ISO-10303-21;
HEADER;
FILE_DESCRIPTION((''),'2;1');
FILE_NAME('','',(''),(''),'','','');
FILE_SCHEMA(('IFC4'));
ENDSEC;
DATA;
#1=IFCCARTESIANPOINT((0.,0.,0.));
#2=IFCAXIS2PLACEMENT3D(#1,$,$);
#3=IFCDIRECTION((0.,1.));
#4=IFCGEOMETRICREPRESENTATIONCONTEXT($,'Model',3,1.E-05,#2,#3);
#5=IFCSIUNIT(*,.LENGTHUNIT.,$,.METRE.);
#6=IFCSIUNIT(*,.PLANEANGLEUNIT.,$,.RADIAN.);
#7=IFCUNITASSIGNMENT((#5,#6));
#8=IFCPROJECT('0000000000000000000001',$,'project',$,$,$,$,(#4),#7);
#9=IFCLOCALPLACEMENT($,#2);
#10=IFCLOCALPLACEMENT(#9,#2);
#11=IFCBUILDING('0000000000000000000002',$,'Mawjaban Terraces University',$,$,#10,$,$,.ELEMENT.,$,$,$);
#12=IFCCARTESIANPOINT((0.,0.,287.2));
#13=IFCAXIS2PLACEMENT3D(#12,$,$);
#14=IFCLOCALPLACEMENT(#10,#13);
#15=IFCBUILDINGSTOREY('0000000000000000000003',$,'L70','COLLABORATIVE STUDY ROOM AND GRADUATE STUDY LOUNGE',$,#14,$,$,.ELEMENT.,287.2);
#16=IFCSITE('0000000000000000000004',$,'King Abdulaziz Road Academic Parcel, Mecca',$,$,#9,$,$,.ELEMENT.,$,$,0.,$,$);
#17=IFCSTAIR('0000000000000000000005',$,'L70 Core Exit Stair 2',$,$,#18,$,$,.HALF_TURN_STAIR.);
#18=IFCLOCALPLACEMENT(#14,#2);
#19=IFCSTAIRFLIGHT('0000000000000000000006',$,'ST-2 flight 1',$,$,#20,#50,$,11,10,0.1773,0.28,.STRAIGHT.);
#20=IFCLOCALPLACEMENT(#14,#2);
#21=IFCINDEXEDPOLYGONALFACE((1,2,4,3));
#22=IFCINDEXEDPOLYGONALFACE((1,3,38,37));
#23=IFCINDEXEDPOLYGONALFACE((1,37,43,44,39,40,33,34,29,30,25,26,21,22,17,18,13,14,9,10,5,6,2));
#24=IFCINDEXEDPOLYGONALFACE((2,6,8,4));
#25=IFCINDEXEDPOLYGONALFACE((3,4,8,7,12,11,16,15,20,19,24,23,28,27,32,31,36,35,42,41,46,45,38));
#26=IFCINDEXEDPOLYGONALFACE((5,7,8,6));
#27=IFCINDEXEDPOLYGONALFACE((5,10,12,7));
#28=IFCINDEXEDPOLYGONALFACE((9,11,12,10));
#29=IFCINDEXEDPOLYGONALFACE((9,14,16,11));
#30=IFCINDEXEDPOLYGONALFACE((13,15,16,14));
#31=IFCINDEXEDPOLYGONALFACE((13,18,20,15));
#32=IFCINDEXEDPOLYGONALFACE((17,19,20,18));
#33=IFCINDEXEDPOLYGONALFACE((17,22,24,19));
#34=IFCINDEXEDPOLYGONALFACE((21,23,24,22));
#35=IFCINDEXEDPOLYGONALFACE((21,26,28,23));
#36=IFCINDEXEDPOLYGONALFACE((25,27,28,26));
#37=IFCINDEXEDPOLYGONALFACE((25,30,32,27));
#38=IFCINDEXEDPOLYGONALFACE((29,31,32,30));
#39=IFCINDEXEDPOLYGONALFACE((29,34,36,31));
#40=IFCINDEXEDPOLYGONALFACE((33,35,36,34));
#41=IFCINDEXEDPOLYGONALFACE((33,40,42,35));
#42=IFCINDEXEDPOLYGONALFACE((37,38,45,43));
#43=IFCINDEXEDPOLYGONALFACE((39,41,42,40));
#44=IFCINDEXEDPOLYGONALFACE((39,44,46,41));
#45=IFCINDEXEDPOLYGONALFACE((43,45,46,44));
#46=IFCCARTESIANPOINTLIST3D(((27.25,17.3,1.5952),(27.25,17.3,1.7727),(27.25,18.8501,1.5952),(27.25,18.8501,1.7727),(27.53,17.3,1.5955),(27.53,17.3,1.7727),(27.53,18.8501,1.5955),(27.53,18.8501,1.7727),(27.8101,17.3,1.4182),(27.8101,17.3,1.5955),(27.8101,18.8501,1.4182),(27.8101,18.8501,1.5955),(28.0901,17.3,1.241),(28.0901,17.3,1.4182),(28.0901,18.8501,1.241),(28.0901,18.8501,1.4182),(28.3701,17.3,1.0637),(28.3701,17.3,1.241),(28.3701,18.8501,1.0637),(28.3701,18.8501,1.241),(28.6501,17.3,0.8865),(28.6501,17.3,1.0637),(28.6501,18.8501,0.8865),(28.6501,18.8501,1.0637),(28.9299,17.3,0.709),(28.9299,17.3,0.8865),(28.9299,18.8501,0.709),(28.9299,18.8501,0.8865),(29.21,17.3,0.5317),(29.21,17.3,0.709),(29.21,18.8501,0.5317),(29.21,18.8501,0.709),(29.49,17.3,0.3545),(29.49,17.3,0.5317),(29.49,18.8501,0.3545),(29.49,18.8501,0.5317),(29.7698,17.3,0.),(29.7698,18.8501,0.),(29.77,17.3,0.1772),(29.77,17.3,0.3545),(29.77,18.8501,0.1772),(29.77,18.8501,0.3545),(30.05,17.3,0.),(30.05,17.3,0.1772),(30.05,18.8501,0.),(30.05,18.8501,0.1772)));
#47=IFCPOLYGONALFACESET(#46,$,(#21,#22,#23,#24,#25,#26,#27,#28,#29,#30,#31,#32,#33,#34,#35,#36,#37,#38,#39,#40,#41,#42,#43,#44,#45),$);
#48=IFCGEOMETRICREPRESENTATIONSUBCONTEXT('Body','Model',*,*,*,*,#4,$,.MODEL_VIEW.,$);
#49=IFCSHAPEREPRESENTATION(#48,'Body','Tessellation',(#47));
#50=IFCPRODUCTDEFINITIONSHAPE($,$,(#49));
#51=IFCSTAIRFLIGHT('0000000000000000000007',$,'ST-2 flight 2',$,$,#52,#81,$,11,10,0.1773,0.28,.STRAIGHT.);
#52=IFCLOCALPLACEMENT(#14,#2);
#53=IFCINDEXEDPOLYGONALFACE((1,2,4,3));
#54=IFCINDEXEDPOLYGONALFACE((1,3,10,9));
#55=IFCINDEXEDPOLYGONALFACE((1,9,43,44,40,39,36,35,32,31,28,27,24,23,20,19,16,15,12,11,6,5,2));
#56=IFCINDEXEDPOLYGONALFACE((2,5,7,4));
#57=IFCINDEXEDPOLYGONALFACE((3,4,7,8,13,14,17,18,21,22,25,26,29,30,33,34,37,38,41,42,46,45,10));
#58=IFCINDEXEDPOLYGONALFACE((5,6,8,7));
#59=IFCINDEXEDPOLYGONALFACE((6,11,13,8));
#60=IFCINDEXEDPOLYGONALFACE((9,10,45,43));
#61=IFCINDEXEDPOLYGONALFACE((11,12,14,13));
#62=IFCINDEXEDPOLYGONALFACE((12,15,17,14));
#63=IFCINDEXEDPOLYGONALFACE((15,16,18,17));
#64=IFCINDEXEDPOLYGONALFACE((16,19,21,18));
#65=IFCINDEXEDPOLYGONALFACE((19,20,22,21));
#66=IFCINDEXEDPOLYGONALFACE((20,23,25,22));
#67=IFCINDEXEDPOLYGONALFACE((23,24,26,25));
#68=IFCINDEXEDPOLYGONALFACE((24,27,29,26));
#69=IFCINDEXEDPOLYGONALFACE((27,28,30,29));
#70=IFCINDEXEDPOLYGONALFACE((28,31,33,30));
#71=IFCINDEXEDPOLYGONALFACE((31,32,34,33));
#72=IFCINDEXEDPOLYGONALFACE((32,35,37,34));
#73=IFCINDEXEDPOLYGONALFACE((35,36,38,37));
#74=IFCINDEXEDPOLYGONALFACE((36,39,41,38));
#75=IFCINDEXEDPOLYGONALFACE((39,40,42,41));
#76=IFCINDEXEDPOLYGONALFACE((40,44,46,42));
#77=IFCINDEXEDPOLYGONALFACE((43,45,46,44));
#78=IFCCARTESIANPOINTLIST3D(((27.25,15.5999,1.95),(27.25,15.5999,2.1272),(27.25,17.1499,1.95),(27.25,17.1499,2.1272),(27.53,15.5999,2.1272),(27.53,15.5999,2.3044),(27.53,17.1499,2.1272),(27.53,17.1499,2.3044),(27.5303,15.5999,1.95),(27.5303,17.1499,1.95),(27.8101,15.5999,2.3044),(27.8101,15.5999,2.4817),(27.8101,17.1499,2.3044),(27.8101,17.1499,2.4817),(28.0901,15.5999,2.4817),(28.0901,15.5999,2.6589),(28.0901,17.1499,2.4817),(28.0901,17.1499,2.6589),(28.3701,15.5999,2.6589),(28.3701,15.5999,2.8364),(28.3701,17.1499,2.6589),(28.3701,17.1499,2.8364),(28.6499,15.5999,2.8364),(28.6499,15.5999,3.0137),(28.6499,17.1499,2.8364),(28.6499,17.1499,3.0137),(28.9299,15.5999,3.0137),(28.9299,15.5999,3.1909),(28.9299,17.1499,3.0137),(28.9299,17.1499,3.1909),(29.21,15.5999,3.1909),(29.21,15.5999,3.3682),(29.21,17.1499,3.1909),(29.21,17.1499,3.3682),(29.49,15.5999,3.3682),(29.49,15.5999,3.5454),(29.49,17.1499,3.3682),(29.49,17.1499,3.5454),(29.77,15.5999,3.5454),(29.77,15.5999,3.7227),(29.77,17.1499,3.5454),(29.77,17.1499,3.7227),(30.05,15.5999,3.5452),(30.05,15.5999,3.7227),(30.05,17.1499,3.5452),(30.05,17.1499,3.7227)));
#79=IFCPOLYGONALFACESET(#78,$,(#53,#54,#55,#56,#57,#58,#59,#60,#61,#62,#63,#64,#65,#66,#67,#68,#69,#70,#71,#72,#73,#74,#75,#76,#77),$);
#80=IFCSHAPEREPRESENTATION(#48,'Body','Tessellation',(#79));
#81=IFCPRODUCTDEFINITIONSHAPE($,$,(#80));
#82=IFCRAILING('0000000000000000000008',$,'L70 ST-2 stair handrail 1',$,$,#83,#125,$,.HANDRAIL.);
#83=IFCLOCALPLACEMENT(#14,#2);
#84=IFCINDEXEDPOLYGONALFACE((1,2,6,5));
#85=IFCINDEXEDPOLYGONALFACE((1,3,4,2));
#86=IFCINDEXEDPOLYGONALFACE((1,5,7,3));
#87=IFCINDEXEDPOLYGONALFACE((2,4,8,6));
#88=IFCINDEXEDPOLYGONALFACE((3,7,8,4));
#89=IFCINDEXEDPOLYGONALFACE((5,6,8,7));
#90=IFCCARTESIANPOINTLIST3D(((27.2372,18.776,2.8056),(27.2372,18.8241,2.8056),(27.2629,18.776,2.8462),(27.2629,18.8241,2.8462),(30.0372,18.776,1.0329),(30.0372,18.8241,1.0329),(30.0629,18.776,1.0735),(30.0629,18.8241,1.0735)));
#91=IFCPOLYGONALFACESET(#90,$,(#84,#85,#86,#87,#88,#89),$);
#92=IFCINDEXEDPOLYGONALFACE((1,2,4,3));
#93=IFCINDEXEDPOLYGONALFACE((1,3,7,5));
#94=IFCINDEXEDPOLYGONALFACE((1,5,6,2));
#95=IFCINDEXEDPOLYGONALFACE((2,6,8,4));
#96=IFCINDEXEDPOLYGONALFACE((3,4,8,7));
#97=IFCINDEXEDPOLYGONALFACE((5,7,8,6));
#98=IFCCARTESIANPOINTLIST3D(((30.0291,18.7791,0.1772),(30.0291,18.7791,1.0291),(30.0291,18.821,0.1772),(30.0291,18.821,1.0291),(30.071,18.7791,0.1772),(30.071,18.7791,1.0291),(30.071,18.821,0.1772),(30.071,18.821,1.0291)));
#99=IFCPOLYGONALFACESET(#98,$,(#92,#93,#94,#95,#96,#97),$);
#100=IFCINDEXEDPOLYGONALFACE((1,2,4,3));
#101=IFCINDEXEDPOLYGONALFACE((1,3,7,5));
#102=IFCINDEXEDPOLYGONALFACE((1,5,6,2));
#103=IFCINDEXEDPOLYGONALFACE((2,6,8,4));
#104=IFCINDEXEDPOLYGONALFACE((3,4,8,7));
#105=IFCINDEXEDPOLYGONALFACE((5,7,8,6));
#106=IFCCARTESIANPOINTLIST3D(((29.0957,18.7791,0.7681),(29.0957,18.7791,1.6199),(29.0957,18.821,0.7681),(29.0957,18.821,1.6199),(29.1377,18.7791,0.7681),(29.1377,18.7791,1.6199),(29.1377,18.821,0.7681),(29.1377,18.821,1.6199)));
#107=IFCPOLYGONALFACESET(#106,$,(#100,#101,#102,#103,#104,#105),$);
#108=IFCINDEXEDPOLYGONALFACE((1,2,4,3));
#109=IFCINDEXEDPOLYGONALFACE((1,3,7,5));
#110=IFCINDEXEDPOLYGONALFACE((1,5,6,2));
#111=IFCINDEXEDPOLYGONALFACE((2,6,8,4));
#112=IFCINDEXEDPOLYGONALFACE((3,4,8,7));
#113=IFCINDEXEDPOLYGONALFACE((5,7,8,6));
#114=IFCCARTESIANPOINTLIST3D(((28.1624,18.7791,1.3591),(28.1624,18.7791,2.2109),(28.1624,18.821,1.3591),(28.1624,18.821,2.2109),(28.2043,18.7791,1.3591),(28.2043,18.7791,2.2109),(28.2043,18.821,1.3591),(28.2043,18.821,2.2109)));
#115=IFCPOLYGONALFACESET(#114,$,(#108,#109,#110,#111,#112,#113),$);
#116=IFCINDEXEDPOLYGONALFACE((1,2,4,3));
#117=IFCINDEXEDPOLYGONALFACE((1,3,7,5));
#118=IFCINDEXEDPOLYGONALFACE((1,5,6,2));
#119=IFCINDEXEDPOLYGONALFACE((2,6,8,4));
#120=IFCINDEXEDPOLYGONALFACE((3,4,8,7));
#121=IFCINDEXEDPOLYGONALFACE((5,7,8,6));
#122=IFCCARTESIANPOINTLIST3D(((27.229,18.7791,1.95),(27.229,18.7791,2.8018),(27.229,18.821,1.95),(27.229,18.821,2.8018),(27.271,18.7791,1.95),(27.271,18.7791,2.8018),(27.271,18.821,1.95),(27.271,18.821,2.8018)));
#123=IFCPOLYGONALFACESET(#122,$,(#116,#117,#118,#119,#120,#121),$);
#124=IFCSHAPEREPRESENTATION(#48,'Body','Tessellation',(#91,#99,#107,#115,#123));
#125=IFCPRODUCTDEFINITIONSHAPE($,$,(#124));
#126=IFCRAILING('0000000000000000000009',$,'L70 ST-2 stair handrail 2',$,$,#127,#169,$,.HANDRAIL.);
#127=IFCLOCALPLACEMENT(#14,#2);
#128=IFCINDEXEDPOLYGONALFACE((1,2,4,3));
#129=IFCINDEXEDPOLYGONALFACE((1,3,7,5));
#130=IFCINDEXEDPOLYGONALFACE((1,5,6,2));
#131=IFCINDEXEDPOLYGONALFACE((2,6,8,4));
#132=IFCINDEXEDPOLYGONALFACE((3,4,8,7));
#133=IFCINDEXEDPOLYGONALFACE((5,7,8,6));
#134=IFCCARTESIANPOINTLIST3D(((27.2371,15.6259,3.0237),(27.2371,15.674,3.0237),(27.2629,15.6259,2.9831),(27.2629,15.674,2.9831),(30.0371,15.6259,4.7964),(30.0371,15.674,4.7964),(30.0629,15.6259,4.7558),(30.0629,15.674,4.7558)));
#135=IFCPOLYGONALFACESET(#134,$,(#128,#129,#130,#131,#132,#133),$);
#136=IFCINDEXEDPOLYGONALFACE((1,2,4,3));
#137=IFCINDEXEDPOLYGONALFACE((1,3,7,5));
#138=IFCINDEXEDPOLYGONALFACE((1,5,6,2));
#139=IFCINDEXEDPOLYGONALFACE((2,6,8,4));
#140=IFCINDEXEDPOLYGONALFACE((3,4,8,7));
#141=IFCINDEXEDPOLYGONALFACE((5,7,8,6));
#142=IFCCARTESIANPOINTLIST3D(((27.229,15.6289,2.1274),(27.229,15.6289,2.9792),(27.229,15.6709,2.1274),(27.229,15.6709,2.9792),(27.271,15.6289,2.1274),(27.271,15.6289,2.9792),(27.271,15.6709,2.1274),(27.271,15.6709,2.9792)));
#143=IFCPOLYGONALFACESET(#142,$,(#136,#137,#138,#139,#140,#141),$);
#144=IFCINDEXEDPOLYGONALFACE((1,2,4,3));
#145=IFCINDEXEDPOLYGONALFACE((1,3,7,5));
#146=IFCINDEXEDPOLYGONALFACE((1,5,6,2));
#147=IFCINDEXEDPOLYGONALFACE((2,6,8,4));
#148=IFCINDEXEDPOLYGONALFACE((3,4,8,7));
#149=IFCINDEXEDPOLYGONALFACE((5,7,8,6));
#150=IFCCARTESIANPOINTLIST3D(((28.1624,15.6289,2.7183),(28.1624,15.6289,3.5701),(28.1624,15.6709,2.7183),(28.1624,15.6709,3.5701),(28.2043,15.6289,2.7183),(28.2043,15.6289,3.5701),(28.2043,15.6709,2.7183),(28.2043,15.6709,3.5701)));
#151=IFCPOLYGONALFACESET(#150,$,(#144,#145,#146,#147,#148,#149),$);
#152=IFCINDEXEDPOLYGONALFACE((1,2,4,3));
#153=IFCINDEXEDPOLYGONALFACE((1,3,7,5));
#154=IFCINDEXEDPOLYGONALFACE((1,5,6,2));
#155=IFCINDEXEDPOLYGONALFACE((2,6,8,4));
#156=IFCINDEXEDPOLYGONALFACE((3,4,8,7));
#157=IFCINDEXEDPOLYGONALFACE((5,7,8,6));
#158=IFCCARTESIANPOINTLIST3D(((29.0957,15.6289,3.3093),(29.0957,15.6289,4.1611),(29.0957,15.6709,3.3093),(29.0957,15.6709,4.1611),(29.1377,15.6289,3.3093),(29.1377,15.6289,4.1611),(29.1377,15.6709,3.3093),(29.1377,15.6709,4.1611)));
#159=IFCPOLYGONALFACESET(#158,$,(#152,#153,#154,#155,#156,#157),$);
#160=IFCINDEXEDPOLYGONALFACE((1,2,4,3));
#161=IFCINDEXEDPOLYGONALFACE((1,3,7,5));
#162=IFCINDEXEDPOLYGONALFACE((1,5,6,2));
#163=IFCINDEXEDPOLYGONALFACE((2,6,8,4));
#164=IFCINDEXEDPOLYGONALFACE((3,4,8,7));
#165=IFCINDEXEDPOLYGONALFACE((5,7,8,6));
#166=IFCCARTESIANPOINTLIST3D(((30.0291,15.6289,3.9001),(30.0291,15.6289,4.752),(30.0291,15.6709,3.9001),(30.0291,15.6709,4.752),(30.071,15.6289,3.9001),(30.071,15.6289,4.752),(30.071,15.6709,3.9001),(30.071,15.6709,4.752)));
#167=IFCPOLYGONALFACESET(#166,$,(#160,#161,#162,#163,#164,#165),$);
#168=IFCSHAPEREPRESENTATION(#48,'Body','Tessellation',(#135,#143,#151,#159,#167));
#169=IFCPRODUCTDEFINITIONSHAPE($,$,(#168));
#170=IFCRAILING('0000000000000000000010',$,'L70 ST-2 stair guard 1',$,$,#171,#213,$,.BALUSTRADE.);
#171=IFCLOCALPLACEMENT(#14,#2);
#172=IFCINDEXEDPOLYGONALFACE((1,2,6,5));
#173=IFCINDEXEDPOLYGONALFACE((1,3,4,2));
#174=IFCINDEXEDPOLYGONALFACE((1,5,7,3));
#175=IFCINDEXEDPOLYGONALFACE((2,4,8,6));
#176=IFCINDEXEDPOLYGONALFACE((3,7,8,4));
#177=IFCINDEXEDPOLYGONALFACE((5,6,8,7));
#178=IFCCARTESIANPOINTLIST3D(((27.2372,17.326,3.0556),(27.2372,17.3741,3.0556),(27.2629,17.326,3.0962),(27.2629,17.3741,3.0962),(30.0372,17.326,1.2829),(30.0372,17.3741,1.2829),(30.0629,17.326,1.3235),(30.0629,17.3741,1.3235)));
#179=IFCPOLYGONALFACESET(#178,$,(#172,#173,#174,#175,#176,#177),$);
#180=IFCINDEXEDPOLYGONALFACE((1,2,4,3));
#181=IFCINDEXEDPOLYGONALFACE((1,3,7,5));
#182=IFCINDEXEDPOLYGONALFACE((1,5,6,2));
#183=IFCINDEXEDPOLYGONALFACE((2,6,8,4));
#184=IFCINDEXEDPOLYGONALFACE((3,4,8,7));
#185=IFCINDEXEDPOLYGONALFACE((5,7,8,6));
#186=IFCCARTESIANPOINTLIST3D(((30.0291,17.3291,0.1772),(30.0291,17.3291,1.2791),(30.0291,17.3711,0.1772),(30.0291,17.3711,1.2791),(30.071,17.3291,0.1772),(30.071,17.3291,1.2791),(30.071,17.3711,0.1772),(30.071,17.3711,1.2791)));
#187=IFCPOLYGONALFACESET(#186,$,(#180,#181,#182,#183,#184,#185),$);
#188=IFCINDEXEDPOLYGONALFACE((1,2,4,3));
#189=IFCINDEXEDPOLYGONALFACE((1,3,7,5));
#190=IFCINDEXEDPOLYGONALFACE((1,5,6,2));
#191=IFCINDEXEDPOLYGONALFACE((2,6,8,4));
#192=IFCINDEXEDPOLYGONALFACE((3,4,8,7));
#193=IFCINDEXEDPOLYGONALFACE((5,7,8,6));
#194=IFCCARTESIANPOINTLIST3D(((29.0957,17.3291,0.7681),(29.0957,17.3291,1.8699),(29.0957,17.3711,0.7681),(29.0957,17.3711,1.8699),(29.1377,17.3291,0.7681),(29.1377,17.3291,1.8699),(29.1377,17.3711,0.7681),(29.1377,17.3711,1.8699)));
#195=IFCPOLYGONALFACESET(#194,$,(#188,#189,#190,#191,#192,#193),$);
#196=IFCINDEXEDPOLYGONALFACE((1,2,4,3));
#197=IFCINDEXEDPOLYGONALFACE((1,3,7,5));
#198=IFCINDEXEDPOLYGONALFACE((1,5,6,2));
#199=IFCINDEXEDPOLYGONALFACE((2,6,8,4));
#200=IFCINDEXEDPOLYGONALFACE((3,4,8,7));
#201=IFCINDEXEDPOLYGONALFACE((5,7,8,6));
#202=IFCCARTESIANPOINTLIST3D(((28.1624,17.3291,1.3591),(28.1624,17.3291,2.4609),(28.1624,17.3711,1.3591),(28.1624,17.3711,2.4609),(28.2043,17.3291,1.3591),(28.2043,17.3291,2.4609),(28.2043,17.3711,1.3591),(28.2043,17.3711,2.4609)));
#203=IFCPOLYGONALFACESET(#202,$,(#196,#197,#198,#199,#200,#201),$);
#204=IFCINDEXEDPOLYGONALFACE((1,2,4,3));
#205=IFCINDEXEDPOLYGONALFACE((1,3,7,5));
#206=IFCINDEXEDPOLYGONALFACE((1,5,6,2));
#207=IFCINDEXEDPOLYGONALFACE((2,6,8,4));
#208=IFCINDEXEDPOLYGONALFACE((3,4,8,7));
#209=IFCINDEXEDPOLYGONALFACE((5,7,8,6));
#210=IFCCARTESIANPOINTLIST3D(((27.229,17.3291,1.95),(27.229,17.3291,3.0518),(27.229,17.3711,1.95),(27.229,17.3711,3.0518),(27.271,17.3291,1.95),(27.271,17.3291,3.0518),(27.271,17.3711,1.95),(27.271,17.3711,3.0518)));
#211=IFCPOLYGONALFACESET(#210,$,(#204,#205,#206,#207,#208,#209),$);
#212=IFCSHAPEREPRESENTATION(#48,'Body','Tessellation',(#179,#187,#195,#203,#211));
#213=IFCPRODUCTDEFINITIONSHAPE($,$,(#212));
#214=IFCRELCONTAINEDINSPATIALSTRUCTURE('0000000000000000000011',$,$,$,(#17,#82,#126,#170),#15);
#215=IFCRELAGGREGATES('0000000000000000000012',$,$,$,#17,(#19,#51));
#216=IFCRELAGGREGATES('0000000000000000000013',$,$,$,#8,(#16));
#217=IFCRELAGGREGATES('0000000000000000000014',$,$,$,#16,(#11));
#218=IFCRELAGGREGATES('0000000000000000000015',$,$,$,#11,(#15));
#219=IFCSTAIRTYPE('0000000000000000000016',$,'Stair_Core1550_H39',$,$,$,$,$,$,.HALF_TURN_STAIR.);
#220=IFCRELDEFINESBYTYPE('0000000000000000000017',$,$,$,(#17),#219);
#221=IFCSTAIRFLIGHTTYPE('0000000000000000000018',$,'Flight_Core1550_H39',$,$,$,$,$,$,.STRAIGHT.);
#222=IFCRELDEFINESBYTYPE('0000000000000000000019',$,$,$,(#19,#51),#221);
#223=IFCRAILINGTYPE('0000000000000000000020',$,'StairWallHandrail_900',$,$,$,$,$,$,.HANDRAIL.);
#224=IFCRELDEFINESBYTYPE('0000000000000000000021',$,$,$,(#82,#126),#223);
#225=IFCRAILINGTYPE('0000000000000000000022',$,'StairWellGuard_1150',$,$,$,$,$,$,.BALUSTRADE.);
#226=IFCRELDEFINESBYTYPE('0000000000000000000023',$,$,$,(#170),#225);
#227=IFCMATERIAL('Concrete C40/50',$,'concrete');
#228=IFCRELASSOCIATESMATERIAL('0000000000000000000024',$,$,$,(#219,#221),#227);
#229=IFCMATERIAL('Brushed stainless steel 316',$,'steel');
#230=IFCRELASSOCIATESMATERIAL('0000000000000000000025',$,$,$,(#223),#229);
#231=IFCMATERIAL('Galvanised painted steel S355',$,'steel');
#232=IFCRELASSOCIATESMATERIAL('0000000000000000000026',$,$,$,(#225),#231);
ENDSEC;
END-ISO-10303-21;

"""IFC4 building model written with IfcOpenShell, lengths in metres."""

from ifc_helpers import new_model, si_unit, direction, frame, origin, origin_2d, place, context, subcontext, project, spatial, polyline, rectangle, outline, extrude, material, type_object, element, aggregate, save


model = new_model("IFC4")

# Units and contexts
model_context = context("Model", 3, precision=1e-05, world=origin(), true_north=direction((0.0, 1.0)))
body_context = subcontext(model_context, "Body", "Model", "MODEL_VIEW")
ifc_project = project(units=[si_unit("LENGTHUNIT", "METRE"), si_unit("PLANEANGLEUNIT", "RADIAN")], contexts=[model_context])

# Site, building, storey
site_placement = place(None, origin())
site = spatial("IfcSite", under=ifc_project, at=site_placement, Name="King Abdulaziz Road Academic Parcel, Mecca", CompositionType="ELEMENT", RefElevation=0.0)
building_placement = place(site_placement, origin())
building = spatial("IfcBuilding", under=site, at=building_placement, Name="Mawjaban Terraces University", CompositionType="ELEMENT")
storey_placement = place(building_placement, frame((0.0, 0.0, 287.2)))
storey = spatial("IfcBuildingStorey", under=building, at=storey_placement, Name="L70", Description="COLLABORATIVE STUDY ROOM AND GRADUATE STUDY LOUNGE", CompositionType="ELEMENT", Elevation=287.2)

# Shared definitions
ifc_material_1 = material(Name="Concrete C40/50", Category="concrete")

# Stair, stair flights
stair_type = type_object("IfcStairType", Name="Stair_Core1550_H39", PredefinedType="HALF_TURN_STAIR", material=ifc_material_1)
stair_placement = place(storey_placement, origin())
stair = element("IfcStair", 1, at=stair_placement, inside=storey, type_object=stair_type, Name="L70 Core Exit Stair 2", PredefinedType="HALF_TURN_STAIR")
stair_flight_type = type_object("IfcStairFlightType", Name="Flight_Core1550_H39", PredefinedType="STRAIGHT", material=ifc_material_1)
stair_flight_1_placement = place(storey_placement, frame((30.05, 18.075, 0.0), z_axis=(0.0, 0.0, 1.0), x_axis=(-1.0, 0.0, 0.0)))
stair_flight_1 = element("IfcStairFlight", 2, at=stair_flight_1_placement, type_object=stair_flight_type, Name="ST-2 flight 1", NumberOfRisers=11, NumberOfTreads=10, PredefinedType="STRAIGHT", RiserHeight=0.1773, TreadLength=0.28, context=body_context, shape_type="SweptSolid", body=[
    extrude(outline(polyline([(0.0, 0.0), (0.0, 0.1772), (0.28, 0.1772), (0.28, 0.3545), (0.5601, 0.3545), (0.5601, 0.5317), (0.8401, 0.5317), (0.8401, 0.709), (1.1201, 0.709), (1.1201, 0.8865), (1.3999, 0.8865), (1.3999, 1.0637), (1.6799, 1.0637), (1.6799, 1.241), (1.96, 1.241), (1.96, 1.4182), (2.24, 1.4182), (2.24, 1.5955), (2.52, 1.5955), (2.52, 1.7727), (2.8, 1.7727), (2.8, 1.95), (2.8, 1.5952), (0.2803, 0.0), (0.0, 0.0)])), frame((0.0, 0.7749, 0.0), z_axis=(0.0, -1.0, 0.0), x_axis=(1.0, 0.0, 0.0)), (0.0, 0.0, 1.0), 1.55),
])
stair_flight_2_placement = place(storey_placement, frame((27.25, 16.375, 1.95), z_axis=(0.0, 0.0, 1.0), x_axis=(1.0, 0.0, 0.0)))
stair_flight_2 = element("IfcStairFlight", 3, at=stair_flight_2_placement, type_object=stair_flight_type, Name="ST-2 flight 2", NumberOfRisers=11, NumberOfTreads=10, PredefinedType="STRAIGHT", RiserHeight=0.1773, TreadLength=0.28, context=body_context, shape_type="SweptSolid", body=[
    extrude(outline(polyline([(0.0, 0.0), (0.0, 0.1772), (0.28, 0.1772), (0.28, 0.3545), (0.5601, 0.3545), (0.5601, 0.5317), (0.8401, 0.5317), (0.8401, 0.709), (1.1201, 0.709), (1.1201, 0.8865), (1.3999, 0.8865), (1.3999, 1.0637), (1.6799, 1.0637), (1.6799, 1.241), (1.96, 1.241), (1.96, 1.4182), (2.24, 1.4182), (2.24, 1.5955), (2.52, 1.5955), (2.52, 1.7727), (2.8, 1.7727), (2.8, 1.95), (2.8, 1.5952), (0.2803, 0.0), (0.0, 0.0)])), frame((0.0, 0.7749, 0.0), z_axis=(0.0, -1.0, 0.0), x_axis=(1.0, 0.0, 0.0)), (0.0, 0.0, 1.0), 1.55),
])
aggregate(stair, [stair_flight_1, stair_flight_2])

# Railings
ifc_material_2 = material(Name="Brushed stainless steel 316", Category="steel")
railing_type_1 = type_object("IfcRailingType", Name="StairWallHandrail_900", PredefinedType="HANDRAIL", material=ifc_material_2)
railing_1_placement = place(storey_placement, frame((30.05, 18.8, 0.1772)))
element("IfcRailing", 4, at=railing_1_placement, inside=storey, type_object=railing_type_1, Name="L70 ST-2 stair handrail 1", PredefinedType="HANDRAIL", context=body_context, shape_type="SweptSolid", body=[
    extrude(rectangle(XDim=0.0481, YDim=0.0481, at=origin_2d()), frame((0.0, 0.0, 0.876), z_axis=(-0.844909, 0.0, 0.53491), x_axis=(0.0, -1.0, 0.0)), (0.0, 0.0, 1.0), 3.314),
    extrude(rectangle(XDim=0.042, YDim=0.042, at=origin_2d()), origin(), (0.0, 0.0, 1.0), 0.8518),
    extrude(rectangle(XDim=0.042, YDim=0.042, at=origin_2d()), frame((-0.9333, 0.0, 0.5908)), (0.0, 0.0, 1.0), 0.8518),
    extrude(rectangle(XDim=0.042, YDim=0.042, at=origin_2d()), frame((-1.8667, 0.0, 1.1819)), (0.0, 0.0, 1.0), 0.8518),
    extrude(rectangle(XDim=0.042, YDim=0.042, at=origin_2d()), frame((-2.8, 0.0, 1.7727)), (0.0, 0.0, 1.0), 0.8518),
])
railing_2_placement = place(storey_placement, frame((27.25, 15.6499, 2.1274)))
element("IfcRailing", 5, at=railing_2_placement, inside=storey, type_object=railing_type_1, Name="L70 ST-2 stair handrail 2", PredefinedType="HANDRAIL", context=body_context, shape_type="SweptSolid", body=[
    extrude(rectangle(XDim=0.0481, YDim=0.0481, at=origin_2d()), frame((0.0, 0.0, 0.876), z_axis=(0.844909, 0.0, 0.53491), x_axis=(0.0, 1.0, 0.0)), (0.0, 0.0, 1.0), 3.314),
    extrude(rectangle(XDim=0.042, YDim=0.042, at=origin_2d()), origin(), (0.0, 0.0, 1.0), 0.8518),
    extrude(rectangle(XDim=0.042, YDim=0.042, at=origin_2d()), frame((0.9333, 0.0, 0.5908)), (0.0, 0.0, 1.0), 0.8518),
    extrude(rectangle(XDim=0.042, YDim=0.042, at=origin_2d()), frame((1.8667, 0.0, 1.1819)), (0.0, 0.0, 1.0), 0.8518),
    extrude(rectangle(XDim=0.042, YDim=0.042, at=origin_2d()), frame((2.8, 0.0, 1.7727)), (0.0, 0.0, 1.0), 0.8518),
])
ifc_material_3 = material(Name="Galvanised painted steel S355", Category="steel")
railing_type_2 = type_object("IfcRailingType", Name="StairWellGuard_1150", PredefinedType="BALUSTRADE", material=ifc_material_3)
railing_3_placement = place(storey_placement, frame((30.05, 17.3501, 0.1772)))
element("IfcRailing", 6, at=railing_3_placement, inside=storey, type_object=railing_type_2, Name="L70 ST-2 stair guard 1", PredefinedType="BALUSTRADE", context=body_context, shape_type="SweptSolid", body=[
    extrude(rectangle(XDim=0.0481, YDim=0.0481, at=origin_2d()), frame((0.0, 0.0, 1.126), z_axis=(-0.844909, 0.0, 0.53491), x_axis=(0.0, -1.0, 0.0)), (0.0, 0.0, 1.0), 3.314),
    extrude(rectangle(XDim=0.042, YDim=0.042, at=origin_2d()), origin(), (0.0, 0.0, 1.0), 1.1018),
    extrude(rectangle(XDim=0.042, YDim=0.042, at=origin_2d()), frame((-0.9333, 0.0, 0.5908)), (0.0, 0.0, 1.0), 1.1018),
    extrude(rectangle(XDim=0.042, YDim=0.042, at=origin_2d()), frame((-1.8667, 0.0, 1.1819)), (0.0, 0.0, 1.0), 1.1018),
    extrude(rectangle(XDim=0.042, YDim=0.042, at=origin_2d()), frame((-2.8, 0.0, 1.7727)), (0.0, 0.0, 1.0), 1.1018),
])

save(model, "model.ifc")
